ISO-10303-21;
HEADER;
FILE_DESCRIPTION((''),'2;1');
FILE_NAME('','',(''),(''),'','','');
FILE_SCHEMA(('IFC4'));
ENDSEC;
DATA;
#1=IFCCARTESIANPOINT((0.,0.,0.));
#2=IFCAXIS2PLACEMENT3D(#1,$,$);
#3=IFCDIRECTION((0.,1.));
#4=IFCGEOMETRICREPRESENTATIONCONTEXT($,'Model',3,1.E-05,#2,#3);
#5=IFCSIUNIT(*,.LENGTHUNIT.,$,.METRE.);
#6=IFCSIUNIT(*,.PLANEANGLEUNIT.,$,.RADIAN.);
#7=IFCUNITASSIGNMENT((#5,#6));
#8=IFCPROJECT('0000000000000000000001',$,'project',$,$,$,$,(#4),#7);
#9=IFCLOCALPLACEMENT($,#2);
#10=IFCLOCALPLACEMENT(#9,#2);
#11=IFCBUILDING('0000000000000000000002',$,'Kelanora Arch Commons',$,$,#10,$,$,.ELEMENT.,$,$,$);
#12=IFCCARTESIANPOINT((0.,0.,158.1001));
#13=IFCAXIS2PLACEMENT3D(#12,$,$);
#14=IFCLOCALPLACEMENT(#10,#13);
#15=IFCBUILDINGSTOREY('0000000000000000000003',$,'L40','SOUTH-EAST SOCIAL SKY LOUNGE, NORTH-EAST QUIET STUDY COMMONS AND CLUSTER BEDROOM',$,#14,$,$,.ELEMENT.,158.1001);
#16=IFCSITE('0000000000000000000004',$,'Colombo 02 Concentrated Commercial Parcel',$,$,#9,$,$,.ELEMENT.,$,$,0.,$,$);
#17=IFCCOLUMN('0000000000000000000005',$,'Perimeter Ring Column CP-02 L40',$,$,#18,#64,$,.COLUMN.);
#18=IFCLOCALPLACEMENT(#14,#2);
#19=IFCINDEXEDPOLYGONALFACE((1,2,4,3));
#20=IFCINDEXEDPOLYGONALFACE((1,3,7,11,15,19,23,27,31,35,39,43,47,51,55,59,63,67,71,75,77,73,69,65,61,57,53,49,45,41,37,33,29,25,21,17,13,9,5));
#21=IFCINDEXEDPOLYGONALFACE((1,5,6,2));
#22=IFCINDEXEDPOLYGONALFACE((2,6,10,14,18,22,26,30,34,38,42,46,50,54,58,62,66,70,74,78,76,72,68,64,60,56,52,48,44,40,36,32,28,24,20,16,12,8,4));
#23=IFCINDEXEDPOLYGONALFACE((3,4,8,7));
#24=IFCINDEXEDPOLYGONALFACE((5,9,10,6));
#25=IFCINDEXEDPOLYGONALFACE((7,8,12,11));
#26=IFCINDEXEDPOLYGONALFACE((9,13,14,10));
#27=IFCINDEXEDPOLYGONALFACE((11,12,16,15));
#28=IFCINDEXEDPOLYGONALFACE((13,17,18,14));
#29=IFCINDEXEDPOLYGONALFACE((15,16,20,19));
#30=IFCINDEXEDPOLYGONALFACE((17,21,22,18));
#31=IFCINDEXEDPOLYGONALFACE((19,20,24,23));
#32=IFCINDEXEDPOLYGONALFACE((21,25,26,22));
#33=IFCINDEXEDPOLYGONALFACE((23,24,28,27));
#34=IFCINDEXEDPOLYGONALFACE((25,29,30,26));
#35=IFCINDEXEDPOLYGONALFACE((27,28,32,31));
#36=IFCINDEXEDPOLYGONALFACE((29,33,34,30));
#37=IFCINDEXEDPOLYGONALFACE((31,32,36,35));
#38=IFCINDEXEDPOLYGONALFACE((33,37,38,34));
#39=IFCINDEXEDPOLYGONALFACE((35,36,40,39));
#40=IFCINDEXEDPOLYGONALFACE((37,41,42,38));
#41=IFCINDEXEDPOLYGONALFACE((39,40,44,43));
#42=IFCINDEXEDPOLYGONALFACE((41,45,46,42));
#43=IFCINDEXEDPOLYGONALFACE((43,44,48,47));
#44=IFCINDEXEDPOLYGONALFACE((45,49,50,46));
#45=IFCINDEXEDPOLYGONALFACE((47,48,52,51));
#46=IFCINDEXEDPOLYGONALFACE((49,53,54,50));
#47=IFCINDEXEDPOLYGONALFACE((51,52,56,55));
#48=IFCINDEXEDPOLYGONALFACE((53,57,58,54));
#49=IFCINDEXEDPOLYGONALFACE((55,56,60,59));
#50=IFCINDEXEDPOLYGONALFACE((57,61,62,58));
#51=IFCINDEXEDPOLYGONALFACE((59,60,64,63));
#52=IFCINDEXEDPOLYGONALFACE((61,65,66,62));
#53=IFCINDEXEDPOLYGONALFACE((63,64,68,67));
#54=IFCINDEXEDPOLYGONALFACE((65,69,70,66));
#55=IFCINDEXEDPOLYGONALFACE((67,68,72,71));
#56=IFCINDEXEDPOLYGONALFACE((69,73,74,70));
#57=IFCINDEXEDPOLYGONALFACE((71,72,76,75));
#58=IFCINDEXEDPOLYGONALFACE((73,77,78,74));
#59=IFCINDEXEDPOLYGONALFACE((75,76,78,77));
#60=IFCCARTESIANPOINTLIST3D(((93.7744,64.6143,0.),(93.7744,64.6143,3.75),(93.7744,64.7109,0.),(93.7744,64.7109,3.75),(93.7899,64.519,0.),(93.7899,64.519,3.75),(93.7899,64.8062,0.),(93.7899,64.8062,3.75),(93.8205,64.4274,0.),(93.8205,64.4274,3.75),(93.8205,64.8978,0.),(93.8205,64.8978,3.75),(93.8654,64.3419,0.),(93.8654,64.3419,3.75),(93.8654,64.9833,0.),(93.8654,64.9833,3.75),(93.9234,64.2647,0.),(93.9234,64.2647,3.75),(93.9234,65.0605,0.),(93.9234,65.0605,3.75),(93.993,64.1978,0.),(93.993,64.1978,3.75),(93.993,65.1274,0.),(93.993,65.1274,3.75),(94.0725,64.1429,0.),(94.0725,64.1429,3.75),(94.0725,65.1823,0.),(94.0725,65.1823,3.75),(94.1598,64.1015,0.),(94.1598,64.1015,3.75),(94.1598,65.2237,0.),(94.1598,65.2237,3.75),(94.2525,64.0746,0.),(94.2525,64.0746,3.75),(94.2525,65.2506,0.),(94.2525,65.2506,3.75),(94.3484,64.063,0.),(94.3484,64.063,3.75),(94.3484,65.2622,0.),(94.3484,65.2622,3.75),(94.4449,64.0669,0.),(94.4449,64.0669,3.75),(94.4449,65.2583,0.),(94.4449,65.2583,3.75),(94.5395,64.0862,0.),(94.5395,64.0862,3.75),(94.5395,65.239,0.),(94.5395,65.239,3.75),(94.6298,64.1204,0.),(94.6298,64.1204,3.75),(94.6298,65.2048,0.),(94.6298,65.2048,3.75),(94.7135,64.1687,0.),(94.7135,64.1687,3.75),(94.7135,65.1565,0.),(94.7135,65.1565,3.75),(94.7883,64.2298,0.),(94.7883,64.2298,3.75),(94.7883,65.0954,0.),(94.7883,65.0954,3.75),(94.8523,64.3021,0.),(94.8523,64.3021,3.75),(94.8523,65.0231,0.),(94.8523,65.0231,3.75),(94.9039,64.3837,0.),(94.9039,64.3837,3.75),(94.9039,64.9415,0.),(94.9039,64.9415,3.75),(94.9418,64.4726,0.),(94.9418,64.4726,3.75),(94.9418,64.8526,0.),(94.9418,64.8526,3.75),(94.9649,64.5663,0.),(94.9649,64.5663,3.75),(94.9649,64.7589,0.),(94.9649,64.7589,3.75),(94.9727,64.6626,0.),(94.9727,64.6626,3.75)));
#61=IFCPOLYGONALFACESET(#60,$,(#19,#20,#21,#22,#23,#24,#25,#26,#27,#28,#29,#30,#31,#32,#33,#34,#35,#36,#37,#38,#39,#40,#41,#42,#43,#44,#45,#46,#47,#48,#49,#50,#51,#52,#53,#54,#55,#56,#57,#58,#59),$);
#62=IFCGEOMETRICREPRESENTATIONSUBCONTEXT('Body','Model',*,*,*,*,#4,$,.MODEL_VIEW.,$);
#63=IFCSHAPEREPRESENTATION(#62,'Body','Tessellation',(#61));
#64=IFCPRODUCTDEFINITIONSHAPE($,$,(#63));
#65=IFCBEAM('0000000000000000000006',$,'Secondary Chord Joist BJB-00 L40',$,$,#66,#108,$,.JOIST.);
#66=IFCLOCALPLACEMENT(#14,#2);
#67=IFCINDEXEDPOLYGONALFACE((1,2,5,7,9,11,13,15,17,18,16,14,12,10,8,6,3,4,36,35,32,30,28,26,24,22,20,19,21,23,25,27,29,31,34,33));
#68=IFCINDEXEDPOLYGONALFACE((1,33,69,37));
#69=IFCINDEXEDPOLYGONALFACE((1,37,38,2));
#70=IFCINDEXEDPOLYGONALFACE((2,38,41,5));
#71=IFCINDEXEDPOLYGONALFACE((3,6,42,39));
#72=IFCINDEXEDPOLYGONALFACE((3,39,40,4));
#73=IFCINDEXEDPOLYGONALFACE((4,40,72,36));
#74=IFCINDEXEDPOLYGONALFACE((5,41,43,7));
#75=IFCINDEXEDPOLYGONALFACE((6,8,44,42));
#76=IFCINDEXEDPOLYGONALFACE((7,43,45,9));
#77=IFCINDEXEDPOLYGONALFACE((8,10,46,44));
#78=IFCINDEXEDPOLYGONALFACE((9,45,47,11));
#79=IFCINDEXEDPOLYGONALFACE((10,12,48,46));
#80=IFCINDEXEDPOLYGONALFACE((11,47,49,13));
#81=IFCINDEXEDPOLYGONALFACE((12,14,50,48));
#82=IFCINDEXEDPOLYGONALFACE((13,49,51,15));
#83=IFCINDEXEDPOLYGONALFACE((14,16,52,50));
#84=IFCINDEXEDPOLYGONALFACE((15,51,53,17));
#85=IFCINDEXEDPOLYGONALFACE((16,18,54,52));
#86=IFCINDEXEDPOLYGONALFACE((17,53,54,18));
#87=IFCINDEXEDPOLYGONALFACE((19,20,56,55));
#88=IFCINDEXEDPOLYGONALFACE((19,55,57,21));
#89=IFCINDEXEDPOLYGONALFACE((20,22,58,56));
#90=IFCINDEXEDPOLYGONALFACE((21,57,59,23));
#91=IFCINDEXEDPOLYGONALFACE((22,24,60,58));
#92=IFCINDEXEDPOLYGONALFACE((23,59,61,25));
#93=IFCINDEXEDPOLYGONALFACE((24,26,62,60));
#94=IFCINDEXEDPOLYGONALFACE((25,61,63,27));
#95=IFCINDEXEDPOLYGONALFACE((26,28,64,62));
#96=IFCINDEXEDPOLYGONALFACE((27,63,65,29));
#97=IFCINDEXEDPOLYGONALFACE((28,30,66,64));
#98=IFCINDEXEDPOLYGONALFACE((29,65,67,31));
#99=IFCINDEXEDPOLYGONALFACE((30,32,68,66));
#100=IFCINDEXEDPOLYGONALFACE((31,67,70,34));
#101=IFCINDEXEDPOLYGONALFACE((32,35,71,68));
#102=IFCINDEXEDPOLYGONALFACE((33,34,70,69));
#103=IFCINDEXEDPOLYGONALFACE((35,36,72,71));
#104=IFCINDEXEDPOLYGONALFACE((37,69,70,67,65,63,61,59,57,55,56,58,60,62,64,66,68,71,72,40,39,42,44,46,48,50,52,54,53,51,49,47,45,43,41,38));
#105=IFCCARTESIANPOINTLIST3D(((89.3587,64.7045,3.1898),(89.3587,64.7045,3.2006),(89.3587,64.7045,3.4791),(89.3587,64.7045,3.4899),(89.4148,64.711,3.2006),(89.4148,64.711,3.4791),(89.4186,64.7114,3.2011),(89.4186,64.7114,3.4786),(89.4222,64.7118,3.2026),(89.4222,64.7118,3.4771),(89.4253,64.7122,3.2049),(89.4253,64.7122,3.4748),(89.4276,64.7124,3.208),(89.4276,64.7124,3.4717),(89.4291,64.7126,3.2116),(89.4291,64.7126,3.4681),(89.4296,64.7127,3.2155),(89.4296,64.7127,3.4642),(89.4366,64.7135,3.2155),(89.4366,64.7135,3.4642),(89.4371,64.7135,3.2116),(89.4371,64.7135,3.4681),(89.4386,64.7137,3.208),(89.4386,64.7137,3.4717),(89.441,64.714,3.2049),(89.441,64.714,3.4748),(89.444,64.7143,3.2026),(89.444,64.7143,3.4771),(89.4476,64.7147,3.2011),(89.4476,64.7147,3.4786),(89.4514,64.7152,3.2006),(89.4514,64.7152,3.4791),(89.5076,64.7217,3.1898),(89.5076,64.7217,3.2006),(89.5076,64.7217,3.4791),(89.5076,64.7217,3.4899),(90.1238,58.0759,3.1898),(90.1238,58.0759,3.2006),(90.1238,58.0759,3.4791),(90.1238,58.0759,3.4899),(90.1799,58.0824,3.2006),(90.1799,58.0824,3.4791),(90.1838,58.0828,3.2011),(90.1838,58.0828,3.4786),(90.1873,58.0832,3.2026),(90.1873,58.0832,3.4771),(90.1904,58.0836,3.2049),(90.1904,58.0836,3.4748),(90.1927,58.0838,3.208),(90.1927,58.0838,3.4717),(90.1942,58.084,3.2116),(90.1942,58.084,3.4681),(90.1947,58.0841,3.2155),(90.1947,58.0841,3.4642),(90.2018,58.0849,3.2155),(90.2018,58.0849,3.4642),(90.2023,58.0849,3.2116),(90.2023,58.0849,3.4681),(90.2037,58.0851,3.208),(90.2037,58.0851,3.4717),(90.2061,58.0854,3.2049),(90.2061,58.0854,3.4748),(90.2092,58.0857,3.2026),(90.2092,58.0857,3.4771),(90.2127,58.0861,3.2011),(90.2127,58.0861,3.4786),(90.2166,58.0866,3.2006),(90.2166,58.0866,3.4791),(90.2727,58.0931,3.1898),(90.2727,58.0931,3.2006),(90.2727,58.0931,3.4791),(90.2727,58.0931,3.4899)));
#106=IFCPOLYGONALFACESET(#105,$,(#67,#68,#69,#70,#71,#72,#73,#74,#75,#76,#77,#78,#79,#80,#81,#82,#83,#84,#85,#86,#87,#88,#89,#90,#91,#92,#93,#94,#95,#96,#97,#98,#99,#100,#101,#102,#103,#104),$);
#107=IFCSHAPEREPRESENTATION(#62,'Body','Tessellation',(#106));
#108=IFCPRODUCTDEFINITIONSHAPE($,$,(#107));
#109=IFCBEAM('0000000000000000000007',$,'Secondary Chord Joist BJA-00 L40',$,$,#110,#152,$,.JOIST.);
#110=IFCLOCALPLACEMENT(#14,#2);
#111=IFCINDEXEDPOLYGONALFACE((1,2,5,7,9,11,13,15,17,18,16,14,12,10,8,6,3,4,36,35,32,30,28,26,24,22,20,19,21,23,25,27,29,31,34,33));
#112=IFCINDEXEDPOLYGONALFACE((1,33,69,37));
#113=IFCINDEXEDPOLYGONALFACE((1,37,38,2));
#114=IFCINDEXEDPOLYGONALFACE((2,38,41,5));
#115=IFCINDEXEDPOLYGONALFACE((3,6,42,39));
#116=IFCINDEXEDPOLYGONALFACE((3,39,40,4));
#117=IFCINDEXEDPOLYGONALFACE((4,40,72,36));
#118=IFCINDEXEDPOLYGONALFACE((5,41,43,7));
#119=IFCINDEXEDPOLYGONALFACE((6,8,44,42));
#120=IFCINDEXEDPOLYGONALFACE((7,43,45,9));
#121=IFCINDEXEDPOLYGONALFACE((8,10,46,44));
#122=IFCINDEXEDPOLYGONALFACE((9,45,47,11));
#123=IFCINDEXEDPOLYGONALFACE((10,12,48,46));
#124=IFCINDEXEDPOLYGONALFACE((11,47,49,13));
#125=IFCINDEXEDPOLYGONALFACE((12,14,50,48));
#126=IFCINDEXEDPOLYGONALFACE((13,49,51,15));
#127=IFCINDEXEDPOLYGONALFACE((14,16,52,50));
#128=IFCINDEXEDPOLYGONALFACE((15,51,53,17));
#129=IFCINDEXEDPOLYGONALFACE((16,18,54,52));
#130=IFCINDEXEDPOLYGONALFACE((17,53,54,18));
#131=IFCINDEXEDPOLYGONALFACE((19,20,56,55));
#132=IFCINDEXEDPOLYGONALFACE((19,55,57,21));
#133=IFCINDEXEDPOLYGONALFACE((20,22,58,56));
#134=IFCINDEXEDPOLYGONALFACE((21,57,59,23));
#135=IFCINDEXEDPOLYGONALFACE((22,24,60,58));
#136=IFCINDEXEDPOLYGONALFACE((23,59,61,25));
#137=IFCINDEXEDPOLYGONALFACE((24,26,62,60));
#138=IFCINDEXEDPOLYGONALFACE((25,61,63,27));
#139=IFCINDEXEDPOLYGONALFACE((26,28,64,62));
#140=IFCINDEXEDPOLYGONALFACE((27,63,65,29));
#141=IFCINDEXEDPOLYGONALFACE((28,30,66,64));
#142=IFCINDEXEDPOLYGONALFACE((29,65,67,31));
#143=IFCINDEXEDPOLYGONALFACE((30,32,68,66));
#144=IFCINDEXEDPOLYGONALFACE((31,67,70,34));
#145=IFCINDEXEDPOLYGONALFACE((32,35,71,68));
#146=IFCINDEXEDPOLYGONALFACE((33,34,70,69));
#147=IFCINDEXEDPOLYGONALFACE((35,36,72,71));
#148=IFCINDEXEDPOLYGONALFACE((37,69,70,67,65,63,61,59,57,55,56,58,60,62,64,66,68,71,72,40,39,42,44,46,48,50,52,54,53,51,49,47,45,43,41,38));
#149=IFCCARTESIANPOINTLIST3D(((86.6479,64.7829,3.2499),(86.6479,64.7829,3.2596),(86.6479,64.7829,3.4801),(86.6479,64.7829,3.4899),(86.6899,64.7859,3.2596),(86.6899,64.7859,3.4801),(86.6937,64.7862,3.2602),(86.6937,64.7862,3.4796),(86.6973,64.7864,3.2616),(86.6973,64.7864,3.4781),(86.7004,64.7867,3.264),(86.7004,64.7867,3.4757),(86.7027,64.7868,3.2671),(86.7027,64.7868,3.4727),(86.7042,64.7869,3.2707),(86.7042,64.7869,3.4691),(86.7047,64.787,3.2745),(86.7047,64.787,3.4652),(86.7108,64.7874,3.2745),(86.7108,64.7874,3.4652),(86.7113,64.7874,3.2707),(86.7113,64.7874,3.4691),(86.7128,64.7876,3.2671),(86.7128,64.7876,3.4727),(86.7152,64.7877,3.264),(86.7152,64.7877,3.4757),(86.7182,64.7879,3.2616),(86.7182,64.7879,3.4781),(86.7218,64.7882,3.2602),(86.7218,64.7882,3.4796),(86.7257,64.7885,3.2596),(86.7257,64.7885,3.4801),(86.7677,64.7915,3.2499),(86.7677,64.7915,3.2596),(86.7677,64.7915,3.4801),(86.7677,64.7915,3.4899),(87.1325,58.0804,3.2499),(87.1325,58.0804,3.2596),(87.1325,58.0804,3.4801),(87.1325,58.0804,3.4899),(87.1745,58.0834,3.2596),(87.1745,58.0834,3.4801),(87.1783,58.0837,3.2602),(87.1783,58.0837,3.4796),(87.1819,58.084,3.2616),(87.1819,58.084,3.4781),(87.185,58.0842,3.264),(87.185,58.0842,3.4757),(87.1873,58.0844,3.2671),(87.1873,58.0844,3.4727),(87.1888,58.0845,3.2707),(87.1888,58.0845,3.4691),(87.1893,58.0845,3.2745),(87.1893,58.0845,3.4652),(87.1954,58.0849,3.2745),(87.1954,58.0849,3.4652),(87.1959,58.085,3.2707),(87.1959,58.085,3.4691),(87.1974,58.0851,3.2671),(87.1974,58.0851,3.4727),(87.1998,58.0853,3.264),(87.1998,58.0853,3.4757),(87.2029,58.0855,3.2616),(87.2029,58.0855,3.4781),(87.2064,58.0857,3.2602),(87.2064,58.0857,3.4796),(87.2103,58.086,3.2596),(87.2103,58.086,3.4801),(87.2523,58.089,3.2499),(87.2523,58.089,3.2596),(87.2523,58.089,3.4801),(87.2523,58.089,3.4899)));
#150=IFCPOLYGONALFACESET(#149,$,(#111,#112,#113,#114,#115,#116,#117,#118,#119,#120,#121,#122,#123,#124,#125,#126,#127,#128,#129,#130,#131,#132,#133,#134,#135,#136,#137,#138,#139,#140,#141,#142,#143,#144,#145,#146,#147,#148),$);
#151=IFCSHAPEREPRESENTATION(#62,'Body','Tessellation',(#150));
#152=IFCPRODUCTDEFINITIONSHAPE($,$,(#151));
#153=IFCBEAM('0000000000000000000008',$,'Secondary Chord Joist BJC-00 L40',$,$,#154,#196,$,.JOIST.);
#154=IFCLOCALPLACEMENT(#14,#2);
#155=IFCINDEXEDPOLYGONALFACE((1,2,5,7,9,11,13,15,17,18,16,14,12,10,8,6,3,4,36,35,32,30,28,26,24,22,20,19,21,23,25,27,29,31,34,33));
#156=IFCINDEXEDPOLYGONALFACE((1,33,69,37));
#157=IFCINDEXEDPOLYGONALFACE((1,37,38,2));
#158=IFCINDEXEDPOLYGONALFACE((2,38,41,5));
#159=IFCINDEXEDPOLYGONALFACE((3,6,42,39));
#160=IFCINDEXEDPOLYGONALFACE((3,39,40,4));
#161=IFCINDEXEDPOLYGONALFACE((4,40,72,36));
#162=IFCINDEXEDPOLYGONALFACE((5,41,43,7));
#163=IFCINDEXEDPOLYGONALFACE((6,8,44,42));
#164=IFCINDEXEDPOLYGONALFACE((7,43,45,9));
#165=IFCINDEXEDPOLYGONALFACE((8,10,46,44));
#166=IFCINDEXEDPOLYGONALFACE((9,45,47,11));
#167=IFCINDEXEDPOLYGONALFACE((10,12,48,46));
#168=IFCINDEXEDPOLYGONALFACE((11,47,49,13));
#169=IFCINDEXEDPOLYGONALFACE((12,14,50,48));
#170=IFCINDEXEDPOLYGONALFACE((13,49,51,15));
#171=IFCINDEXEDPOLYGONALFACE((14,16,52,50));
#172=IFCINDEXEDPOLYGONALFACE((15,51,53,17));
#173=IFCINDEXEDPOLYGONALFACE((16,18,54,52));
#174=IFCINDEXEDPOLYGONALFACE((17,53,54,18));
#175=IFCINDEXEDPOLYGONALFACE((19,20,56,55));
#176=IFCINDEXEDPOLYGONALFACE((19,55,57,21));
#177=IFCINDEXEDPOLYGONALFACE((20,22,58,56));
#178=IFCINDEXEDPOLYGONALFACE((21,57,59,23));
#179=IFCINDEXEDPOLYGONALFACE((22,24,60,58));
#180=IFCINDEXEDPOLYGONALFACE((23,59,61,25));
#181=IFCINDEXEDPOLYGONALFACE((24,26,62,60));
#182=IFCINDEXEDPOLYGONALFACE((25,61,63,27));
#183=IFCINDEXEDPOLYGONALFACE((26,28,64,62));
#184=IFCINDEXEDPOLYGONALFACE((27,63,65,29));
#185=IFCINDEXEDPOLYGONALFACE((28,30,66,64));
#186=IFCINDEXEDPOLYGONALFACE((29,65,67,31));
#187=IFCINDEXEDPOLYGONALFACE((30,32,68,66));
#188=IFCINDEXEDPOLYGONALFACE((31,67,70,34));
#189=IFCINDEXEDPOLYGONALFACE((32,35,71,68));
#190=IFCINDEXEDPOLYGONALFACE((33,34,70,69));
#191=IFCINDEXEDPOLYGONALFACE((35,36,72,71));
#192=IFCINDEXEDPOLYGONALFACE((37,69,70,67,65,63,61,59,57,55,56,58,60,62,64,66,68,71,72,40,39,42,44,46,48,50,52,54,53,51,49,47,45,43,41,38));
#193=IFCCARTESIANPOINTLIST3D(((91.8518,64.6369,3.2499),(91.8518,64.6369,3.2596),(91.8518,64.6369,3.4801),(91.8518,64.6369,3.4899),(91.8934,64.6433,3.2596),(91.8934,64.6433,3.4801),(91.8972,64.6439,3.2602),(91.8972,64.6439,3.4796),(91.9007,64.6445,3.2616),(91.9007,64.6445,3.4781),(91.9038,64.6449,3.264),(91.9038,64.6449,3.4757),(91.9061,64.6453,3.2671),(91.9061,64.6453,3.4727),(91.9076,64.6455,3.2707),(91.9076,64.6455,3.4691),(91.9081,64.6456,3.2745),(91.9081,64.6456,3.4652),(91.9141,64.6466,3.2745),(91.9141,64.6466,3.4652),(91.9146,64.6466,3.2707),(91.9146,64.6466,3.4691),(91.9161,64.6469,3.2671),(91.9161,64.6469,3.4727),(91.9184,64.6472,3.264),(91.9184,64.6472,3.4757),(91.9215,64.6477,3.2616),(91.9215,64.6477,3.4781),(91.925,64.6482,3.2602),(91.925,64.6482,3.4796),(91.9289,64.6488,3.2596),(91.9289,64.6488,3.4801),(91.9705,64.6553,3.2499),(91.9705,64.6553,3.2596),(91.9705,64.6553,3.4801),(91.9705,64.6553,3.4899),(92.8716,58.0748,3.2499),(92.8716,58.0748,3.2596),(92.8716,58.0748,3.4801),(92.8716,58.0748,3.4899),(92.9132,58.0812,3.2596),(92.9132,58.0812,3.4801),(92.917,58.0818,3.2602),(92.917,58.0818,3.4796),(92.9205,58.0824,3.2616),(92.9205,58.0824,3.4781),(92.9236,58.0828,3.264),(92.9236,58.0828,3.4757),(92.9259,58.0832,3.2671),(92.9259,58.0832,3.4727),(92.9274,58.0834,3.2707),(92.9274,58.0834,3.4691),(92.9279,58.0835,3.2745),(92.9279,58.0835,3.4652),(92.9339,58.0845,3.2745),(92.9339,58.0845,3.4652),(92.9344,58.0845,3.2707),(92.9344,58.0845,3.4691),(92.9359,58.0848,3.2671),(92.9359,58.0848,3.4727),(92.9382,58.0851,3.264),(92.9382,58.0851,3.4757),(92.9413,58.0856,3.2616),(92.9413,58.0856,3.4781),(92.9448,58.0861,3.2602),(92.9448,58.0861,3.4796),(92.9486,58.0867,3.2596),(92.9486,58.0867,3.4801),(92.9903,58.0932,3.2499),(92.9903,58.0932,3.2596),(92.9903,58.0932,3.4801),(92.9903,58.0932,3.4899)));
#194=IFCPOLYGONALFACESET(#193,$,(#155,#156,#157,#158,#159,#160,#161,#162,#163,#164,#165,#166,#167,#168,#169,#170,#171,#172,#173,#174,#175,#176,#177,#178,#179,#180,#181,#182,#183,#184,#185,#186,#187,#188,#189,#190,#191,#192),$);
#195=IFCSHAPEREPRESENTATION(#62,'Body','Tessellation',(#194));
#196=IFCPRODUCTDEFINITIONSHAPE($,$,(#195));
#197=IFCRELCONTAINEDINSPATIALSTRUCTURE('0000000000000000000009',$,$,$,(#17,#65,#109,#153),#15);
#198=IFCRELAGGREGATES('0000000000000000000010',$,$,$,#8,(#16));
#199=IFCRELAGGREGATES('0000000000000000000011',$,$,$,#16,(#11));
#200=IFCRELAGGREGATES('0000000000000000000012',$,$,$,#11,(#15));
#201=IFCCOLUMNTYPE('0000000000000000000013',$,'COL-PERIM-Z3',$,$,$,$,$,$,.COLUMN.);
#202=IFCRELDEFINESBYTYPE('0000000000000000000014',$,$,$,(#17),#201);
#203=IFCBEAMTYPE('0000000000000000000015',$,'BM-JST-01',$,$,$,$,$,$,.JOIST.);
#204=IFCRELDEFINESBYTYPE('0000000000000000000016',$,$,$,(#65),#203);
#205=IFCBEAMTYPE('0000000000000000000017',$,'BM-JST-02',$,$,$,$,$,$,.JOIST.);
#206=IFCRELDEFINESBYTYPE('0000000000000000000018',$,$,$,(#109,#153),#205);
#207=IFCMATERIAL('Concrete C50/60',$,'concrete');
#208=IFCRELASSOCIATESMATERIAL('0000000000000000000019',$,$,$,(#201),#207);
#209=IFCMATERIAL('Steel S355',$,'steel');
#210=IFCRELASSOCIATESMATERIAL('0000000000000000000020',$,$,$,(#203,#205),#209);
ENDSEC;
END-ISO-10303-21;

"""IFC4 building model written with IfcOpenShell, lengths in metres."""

from ifc_helpers import new_model, si_unit, direction, frame, origin, origin_2d, place, context, subcontext, project, spatial, circle, i_section, extrude, material, material_profile, profile_set, type_object, element, save


model = new_model("IFC4")

# Units and contexts
model_context = context("Model", 3, precision=1e-05, world=origin(), true_north=direction((0.0, 1.0)))
body_context = subcontext(model_context, "Body", "Model", "MODEL_VIEW")
ifc_project = project(units=[si_unit("LENGTHUNIT", "METRE"), si_unit("PLANEANGLEUNIT", "RADIAN")], contexts=[model_context])

# Site, building, storey
site_placement = place(None, origin())
site = spatial("IfcSite", under=ifc_project, at=site_placement, Name="Colombo 02 Concentrated Commercial Parcel", CompositionType="ELEMENT", RefElevation=0.0)
building_placement = place(site_placement, origin())
building = spatial("IfcBuilding", under=site, at=building_placement, Name="Kelanora Arch Commons", CompositionType="ELEMENT")
storey_placement = place(building_placement, frame((0.0, 0.0, 158.1001)))
storey = spatial("IfcBuildingStorey", under=building, at=storey_placement, Name="L40", Description="SOUTH-EAST SOCIAL SKY LOUNGE, NORTH-EAST QUIET STUDY COMMONS AND CLUSTER BEDROOM", CompositionType="ELEMENT", Elevation=158.1001)

# Column
ifc_material_1 = material(Name="Concrete C50/60", Category="concrete")
ifc_material_profile_1 = material_profile(ifc_material_1, circle(Radius=0.6001, at=origin_2d()), Name="RCC1200")
ifc_profile_set_1 = profile_set([ifc_material_profile_1], Name="Concrete C50/60")
column_type = type_object("IfcColumnType", Name="COL-PERIM-Z3", PredefinedType="COLUMN", material=ifc_profile_set_1)
column_placement = place(storey_placement, frame((94.3726, 64.6626, 0.0), z_axis=(0.0, 0.0, 1.0), x_axis=(1.0, 0.0, 0.0)))
element("IfcColumn", 1, at=column_placement, inside=storey, type_object=column_type, Name="Perimeter Ring Column CP-02 L40", PredefinedType="COLUMN", context=body_context, shape_type="SweptSolid", body=[
    extrude(circle(Radius=0.6001, at=origin_2d()), origin(), (0.0, 0.0, 1.0), 3.75),
])

# Beams
ifc_material_2 = material(Name="Steel S355", Category="steel")
ifc_material_profile_2 = material_profile(ifc_material_2, i_section(OverallWidth=0.1499, OverallDepth=0.3, WebThickness=0.0071, FlangeThickness=0.0107, FilletRadius=0.0149, at=origin_2d()), Name="IPE300")
ifc_profile_set_2 = profile_set([ifc_material_profile_2], Name="Steel S355")
beam_type_1 = type_object("IfcBeamType", Name="BM-JST-01", PredefinedType="JOIST", material=ifc_profile_set_2)
beam_1_placement = place(storey_placement, frame((90.1982, 58.0845, 3.3398), z_axis=(-0.114667, 0.993404, 0.0), x_axis=(-0.993404, -0.114667, 0.0)))
element("IfcBeam", 2, at=beam_1_placement, inside=storey, type_object=beam_type_1, Name="Secondary Chord Joist BJB-00 L40", PredefinedType="JOIST", context=body_context, shape_type="SweptSolid", body=[
    extrude(i_section(OverallWidth=0.1499, OverallDepth=0.3, WebThickness=0.0071, FlangeThickness=0.0107, FilletRadius=0.0149, at=origin_2d()), origin(), (0.0, 0.0, 1.0), 6.6726),
])
ifc_material_profile_3 = material_profile(ifc_material_2, i_section(OverallWidth=0.1201, OverallDepth=0.24, WebThickness=0.0061, FlangeThickness=0.0098, FilletRadius=0.0149, at=origin_2d()), Name="IPE240")
ifc_profile_set_3 = profile_set([ifc_material_profile_3], Name="Steel S355")
beam_type_2 = type_object("IfcBeamType", Name="BM-JST-02", PredefinedType="JOIST", material=ifc_profile_set_3)
beam_2_placement = place(storey_placement, frame((87.1924, 58.0847, 3.3699), z_axis=(-0.072117, 0.997396, 0.0), x_axis=(-0.997396, -0.072117, 0.0)))
element("IfcBeam", 3, at=beam_2_placement, inside=storey, type_object=beam_type_2, Name="Secondary Chord Joist BJA-00 L40", PredefinedType="JOIST", context=body_context, shape_type="SweptSolid", body=[
    extrude(i_section(OverallWidth=0.1201, OverallDepth=0.24, WebThickness=0.0061, FlangeThickness=0.0098, FilletRadius=0.0149, at=origin_2d()), origin(), (0.0, 0.0, 1.0), 6.72),
])
beam_3_placement = place(storey_placement, frame((92.9309, 58.084, 3.3699), z_axis=(-0.153563, 0.988139, 0.0), x_axis=(-0.988139, -0.153563, 0.0)))
element("IfcBeam", 4, at=beam_3_placement, inside=storey, type_object=beam_type_2, Name="Secondary Chord Joist BJC-00 L40", PredefinedType="JOIST", context=body_context, shape_type="SweptSolid", body=[
    extrude(i_section(OverallWidth=0.1201, OverallDepth=0.24, WebThickness=0.0061, FlangeThickness=0.0098, FilletRadius=0.0149, at=origin_2d()), origin(), (0.0, 0.0, 1.0), 6.6409),
])

save(model, "model.ifc")
